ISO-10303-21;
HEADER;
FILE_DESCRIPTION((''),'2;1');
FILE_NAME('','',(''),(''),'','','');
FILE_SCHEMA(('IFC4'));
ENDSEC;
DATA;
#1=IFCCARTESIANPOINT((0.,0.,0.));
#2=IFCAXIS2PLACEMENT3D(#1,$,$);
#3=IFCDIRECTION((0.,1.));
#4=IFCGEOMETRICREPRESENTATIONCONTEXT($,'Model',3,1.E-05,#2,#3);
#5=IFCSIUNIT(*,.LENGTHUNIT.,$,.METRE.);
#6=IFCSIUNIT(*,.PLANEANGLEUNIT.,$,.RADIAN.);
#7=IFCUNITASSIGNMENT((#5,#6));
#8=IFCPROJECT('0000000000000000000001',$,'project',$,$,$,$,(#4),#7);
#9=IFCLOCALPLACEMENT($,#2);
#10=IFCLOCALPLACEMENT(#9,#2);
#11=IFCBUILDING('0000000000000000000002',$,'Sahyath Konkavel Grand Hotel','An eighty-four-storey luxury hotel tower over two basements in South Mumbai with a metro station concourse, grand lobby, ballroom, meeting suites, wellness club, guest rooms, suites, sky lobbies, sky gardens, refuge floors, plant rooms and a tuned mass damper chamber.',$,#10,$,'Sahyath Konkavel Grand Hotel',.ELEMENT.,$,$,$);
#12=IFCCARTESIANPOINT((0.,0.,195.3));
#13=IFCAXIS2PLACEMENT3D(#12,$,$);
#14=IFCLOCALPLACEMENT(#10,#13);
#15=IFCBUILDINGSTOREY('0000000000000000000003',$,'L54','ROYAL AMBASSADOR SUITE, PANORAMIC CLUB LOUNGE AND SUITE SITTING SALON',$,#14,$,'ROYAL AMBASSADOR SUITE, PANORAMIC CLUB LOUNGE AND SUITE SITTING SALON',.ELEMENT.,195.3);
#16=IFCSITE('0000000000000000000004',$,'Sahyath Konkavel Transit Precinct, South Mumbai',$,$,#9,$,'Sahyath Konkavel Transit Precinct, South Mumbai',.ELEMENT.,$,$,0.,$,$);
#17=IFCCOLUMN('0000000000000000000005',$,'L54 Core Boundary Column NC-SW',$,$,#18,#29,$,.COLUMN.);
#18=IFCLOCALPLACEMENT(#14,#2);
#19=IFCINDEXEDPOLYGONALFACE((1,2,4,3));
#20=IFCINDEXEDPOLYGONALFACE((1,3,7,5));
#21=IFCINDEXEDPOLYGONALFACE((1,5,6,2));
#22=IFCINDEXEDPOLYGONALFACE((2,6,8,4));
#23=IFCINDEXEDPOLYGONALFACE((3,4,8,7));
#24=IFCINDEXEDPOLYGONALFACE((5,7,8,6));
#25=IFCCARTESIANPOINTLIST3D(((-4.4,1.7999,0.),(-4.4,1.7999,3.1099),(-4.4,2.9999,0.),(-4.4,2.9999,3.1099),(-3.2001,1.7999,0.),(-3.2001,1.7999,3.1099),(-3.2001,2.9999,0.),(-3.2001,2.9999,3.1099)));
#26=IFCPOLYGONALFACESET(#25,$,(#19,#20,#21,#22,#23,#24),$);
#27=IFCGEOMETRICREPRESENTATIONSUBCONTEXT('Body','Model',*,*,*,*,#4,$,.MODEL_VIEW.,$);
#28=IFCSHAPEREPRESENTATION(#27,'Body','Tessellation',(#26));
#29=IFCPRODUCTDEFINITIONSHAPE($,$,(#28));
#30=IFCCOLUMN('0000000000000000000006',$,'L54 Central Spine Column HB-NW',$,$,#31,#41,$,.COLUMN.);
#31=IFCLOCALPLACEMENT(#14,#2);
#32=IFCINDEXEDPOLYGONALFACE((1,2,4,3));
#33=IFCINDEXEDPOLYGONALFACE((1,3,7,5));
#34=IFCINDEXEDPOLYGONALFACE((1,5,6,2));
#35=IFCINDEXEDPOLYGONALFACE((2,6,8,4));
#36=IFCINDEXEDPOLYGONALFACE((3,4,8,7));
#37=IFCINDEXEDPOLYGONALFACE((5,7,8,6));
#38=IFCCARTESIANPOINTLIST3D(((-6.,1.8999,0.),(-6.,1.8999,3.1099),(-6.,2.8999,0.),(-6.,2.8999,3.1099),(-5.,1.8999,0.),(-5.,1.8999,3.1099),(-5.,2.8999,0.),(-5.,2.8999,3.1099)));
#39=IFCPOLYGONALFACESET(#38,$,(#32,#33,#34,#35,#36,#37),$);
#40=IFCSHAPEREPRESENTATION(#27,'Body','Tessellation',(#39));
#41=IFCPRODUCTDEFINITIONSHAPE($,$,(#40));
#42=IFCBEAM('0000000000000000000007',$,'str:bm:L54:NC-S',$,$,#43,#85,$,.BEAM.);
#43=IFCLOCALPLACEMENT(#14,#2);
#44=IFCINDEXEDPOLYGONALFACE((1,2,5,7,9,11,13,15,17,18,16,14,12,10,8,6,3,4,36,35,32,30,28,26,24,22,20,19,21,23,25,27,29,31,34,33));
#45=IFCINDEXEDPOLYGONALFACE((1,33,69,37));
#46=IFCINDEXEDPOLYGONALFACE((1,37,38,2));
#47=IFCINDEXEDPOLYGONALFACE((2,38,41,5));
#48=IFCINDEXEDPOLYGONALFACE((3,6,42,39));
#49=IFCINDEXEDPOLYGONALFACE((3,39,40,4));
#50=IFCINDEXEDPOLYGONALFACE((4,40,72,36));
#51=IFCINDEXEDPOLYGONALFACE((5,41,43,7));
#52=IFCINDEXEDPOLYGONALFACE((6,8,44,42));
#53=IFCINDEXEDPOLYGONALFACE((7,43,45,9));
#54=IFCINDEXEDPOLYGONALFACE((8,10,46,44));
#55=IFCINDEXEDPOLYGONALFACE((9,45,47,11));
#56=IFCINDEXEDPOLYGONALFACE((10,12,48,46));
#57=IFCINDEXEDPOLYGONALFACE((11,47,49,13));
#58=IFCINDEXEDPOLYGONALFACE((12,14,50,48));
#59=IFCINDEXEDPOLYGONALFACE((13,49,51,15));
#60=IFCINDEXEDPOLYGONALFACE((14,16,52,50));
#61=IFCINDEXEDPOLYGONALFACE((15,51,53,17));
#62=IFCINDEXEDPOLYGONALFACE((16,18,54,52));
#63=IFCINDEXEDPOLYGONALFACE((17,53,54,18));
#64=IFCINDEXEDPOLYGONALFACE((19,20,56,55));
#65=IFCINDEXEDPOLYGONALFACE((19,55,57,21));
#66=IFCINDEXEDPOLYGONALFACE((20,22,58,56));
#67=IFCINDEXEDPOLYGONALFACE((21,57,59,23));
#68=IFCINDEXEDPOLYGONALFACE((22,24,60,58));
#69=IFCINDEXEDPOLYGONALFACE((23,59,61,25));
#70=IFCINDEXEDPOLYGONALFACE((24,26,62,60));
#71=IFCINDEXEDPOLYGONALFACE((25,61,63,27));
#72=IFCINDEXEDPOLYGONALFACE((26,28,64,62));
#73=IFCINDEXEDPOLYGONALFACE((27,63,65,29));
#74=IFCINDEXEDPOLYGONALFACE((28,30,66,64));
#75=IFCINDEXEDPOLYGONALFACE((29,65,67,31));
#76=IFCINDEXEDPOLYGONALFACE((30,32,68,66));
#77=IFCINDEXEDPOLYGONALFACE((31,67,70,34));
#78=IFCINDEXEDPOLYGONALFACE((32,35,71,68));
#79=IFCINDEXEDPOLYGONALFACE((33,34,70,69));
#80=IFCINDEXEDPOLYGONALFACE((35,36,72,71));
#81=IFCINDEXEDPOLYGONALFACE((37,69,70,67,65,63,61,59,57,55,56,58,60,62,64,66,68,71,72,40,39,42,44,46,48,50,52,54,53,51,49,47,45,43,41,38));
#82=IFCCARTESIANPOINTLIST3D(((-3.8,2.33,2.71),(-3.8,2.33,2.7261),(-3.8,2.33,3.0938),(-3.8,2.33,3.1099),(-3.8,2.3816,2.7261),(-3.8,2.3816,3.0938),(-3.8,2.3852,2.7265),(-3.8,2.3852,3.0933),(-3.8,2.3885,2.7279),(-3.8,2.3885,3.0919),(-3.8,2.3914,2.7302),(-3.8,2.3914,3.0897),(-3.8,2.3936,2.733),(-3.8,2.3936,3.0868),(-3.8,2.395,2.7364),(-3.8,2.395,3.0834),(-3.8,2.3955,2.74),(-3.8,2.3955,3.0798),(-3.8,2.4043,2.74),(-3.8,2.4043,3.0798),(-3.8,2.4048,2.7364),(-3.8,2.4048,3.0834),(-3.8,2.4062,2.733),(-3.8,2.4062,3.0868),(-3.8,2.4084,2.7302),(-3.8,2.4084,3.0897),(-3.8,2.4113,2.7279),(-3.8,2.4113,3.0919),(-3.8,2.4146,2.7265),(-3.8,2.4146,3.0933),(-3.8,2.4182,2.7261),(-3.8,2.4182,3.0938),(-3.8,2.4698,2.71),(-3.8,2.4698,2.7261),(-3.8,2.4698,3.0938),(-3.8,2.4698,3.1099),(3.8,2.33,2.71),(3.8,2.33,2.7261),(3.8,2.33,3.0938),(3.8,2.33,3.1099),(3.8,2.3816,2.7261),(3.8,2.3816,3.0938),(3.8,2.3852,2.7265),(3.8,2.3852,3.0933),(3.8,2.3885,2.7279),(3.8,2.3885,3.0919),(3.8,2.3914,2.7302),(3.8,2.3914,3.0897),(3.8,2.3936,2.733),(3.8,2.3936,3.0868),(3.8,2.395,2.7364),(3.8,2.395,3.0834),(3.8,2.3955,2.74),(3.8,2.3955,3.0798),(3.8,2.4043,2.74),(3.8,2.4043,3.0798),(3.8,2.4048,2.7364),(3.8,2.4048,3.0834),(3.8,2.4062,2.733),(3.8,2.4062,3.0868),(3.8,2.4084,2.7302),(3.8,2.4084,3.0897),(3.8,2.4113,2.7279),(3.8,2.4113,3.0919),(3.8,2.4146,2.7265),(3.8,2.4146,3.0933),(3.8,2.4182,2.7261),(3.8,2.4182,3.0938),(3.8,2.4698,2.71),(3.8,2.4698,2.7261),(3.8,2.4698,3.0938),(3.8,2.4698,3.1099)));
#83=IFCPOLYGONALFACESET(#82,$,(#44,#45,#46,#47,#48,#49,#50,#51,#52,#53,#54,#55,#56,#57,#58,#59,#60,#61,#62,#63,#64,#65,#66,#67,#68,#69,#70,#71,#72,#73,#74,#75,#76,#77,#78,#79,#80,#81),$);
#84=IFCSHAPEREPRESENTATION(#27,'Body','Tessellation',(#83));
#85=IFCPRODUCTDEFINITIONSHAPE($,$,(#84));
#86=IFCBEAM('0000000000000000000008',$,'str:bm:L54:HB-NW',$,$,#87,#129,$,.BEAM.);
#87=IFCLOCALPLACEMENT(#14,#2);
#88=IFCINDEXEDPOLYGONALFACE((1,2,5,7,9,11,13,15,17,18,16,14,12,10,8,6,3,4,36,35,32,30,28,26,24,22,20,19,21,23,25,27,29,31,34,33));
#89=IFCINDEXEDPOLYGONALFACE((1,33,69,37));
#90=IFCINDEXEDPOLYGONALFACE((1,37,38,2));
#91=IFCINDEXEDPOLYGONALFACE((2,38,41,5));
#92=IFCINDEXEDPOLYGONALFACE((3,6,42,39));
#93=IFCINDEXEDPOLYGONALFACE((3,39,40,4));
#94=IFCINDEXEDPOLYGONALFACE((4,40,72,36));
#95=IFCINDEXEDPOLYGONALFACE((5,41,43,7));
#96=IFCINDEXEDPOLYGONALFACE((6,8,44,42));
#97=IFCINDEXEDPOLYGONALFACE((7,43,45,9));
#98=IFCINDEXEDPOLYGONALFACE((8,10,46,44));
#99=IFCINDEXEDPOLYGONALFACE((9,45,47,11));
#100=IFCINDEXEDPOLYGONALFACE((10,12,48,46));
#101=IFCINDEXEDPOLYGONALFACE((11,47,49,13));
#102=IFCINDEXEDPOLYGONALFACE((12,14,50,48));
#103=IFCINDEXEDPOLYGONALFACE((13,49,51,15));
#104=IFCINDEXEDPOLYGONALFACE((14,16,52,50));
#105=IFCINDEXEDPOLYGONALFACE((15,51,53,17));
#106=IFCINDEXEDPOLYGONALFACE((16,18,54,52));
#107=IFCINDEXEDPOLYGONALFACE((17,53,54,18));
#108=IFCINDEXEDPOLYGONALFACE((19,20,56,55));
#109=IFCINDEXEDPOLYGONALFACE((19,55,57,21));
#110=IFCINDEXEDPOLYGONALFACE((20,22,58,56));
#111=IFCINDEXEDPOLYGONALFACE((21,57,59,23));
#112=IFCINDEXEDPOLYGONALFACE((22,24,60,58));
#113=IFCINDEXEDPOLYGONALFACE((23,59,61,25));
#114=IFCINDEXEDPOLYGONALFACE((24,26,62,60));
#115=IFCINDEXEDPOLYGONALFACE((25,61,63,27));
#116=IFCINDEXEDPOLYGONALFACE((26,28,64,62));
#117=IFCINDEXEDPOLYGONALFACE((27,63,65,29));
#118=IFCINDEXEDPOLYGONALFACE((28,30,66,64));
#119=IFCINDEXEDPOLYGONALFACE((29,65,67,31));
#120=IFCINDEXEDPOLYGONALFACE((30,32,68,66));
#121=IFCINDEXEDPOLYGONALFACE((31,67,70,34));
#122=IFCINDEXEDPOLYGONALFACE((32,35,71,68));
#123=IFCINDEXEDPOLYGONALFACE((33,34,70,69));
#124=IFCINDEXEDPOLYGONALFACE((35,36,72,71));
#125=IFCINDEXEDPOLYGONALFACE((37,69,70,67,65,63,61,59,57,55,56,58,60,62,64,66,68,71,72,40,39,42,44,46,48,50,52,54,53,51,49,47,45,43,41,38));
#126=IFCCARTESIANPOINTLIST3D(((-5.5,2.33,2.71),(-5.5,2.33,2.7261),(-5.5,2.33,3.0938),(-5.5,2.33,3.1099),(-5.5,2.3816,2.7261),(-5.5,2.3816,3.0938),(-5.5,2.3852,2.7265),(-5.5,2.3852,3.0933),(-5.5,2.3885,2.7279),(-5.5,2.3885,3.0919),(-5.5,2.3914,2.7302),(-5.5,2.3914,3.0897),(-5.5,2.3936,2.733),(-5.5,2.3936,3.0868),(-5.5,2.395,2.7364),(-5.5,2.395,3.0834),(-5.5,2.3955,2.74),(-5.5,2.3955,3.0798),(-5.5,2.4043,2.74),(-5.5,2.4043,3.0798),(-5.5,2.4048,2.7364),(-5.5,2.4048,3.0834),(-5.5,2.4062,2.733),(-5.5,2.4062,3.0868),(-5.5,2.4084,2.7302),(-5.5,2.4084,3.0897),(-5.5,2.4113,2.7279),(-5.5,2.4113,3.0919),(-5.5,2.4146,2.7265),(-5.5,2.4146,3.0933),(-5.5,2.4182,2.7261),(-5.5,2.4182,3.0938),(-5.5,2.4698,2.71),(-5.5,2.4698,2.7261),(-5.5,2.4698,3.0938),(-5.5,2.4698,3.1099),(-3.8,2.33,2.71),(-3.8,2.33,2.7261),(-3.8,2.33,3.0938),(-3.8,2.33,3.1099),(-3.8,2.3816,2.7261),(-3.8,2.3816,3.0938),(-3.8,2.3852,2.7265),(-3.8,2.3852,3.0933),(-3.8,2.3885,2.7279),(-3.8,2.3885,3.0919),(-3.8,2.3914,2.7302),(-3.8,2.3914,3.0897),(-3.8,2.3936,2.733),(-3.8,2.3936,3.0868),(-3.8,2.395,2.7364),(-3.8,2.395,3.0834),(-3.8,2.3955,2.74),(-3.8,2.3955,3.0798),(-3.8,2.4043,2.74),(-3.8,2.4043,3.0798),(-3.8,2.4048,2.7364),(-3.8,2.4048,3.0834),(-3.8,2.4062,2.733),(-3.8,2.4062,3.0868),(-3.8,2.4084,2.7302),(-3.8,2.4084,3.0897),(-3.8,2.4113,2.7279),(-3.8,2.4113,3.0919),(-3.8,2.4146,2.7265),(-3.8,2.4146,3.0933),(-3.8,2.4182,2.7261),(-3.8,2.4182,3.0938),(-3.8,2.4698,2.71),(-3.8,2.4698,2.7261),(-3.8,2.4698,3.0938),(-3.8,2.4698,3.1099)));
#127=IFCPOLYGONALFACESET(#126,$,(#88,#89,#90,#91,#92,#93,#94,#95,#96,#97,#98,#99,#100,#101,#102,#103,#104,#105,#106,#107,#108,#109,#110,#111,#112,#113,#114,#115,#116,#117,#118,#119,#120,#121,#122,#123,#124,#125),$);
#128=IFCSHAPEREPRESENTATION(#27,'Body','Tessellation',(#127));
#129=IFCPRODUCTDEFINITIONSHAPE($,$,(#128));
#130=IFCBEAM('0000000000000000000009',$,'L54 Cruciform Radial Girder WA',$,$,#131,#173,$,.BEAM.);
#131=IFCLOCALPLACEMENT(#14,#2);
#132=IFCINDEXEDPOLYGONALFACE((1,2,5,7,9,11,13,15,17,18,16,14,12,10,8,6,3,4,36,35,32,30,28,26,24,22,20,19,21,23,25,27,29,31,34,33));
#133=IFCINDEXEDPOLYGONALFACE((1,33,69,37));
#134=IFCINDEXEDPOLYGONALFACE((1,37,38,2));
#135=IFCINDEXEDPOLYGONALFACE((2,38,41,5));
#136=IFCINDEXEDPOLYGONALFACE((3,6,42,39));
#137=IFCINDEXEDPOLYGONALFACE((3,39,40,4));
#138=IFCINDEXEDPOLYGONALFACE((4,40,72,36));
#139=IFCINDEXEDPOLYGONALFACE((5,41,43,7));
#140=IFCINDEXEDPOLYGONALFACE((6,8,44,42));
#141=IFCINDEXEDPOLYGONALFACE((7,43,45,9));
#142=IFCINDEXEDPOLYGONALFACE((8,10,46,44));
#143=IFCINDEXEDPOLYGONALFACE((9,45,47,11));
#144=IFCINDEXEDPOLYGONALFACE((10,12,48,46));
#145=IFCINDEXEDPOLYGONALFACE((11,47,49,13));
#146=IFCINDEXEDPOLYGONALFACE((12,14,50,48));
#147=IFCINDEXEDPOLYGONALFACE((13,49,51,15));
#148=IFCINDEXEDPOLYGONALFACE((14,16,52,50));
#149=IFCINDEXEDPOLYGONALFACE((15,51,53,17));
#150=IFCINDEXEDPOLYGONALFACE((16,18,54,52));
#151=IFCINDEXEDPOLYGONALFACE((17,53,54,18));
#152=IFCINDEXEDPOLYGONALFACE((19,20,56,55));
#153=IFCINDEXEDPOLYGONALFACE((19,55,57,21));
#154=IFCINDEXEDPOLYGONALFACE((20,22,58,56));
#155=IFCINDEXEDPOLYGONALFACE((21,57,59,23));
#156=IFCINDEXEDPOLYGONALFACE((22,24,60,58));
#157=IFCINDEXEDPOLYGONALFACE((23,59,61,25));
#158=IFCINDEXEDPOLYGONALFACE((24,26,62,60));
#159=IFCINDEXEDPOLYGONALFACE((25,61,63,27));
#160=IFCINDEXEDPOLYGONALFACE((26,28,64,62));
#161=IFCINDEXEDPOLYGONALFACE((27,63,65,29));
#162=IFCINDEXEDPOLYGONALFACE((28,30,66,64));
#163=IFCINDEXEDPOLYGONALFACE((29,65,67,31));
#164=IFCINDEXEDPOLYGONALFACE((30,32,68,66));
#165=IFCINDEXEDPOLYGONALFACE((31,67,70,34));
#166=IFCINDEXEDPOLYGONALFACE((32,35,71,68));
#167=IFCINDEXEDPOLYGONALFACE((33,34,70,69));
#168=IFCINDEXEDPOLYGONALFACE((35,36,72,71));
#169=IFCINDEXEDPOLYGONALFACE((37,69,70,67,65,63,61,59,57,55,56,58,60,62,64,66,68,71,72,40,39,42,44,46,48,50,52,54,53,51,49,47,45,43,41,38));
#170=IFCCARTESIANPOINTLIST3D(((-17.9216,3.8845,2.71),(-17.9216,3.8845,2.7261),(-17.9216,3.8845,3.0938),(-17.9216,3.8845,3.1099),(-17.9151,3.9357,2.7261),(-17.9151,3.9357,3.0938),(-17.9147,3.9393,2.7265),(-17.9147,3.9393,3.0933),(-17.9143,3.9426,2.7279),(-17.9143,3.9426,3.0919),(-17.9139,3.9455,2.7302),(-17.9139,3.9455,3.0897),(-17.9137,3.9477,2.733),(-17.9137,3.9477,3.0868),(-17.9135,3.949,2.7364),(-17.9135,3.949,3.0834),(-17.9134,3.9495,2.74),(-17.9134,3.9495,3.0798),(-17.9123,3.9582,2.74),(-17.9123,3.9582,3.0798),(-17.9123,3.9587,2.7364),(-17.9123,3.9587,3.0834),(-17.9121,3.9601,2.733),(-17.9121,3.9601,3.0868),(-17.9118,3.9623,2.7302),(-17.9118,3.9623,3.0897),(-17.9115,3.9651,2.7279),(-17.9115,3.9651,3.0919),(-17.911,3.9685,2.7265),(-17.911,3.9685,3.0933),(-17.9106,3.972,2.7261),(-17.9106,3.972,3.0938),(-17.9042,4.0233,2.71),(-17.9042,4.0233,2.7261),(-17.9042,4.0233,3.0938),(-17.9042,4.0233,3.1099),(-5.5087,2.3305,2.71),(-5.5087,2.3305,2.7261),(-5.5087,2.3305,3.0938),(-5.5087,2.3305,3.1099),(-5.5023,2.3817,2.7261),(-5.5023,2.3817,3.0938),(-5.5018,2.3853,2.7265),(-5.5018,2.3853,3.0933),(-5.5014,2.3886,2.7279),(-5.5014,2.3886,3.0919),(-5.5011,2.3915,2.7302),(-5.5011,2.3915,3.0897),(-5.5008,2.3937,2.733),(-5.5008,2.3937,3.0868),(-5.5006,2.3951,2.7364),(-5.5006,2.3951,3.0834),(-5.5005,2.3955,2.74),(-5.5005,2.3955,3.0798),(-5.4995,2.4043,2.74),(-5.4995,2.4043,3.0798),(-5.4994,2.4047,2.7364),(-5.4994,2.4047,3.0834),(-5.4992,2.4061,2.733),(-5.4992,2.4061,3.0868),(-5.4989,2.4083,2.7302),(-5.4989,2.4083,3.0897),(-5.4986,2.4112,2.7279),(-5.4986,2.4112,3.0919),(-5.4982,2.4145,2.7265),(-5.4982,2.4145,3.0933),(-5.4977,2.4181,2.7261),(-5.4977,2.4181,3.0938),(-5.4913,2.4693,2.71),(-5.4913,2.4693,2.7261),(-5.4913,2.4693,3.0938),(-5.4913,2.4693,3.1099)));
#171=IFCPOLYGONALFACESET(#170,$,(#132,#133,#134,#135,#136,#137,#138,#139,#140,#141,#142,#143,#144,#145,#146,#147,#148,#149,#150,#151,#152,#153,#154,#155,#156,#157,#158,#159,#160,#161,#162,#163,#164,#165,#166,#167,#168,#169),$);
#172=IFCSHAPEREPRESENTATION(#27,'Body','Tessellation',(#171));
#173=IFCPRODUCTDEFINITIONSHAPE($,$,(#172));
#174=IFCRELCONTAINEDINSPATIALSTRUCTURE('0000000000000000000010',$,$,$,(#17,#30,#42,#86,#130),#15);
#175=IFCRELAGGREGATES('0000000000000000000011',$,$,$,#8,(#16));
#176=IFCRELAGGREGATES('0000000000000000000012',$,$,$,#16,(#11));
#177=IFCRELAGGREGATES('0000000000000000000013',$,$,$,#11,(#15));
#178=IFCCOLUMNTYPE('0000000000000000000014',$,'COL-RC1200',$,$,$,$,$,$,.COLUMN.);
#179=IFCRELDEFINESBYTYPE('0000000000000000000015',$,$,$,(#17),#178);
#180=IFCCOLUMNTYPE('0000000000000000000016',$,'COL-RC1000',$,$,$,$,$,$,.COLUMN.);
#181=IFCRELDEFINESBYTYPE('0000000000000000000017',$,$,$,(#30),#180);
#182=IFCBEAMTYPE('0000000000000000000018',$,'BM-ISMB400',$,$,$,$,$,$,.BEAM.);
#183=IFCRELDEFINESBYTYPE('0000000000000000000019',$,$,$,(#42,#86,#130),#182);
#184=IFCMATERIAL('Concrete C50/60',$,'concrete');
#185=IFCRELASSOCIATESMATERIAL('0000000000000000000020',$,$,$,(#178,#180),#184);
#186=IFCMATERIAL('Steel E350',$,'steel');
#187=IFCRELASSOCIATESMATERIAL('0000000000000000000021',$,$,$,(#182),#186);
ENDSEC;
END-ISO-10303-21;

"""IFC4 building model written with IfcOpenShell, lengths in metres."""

from ifc_helpers import new_model, si_unit, direction, frame, origin, origin_2d, place, context, subcontext, project, spatial, rectangle, i_section, extrude, source, transform, mapped, material, material_profile, profile_set, type_object, element, save


model = new_model("IFC4")

# Units and contexts
model_context = context("Model", 3, precision=1e-05, world=origin(), true_north=direction((0.0, 1.0)))
body_context = subcontext(model_context, "Body", "Model", "MODEL_VIEW")
ifc_project = project(units=[si_unit("LENGTHUNIT", "METRE"), si_unit("PLANEANGLEUNIT", "RADIAN")], contexts=[model_context])

# Site, building, storey
site_placement = place(None, origin())
site = spatial("IfcSite", under=ifc_project, at=site_placement, Name="Sahyath Konkavel Transit Precinct, South Mumbai", LongName="Sahyath Konkavel Transit Precinct, South Mumbai", CompositionType="ELEMENT", RefElevation=0.0)
building_placement = place(site_placement, origin())
building = spatial("IfcBuilding", under=site, at=building_placement, Name="Sahyath Konkavel Grand Hotel", Description="An eighty-four-storey luxury hotel tower over two basements in South Mumbai with a metro station concourse, grand lobby, ballroom, meeting suites, wellness club, guest rooms, suites, sky lobbies, sky gardens, refuge floors, plant rooms and a tuned mass damper chamber.", LongName="Sahyath Konkavel Grand Hotel", CompositionType="ELEMENT")
storey_placement = place(building_placement, frame((0.0, 0.0, 195.3)))
storey = spatial("IfcBuildingStorey", under=building, at=storey_placement, Name="L54", Description="ROYAL AMBASSADOR SUITE, PANORAMIC CLUB LOUNGE AND SUITE SITTING SALON", LongName="ROYAL AMBASSADOR SUITE, PANORAMIC CLUB LOUNGE AND SUITE SITTING SALON", CompositionType="ELEMENT", Elevation=195.3)

# Columns
ifc_material_1 = material(Name="Concrete C50/60", Category="concrete")
ifc_material_profile_1 = material_profile(ifc_material_1, rectangle(XDim=1.2, YDim=1.2, at=origin_2d()), Name="RC 1200x1200")
ifc_profile_set_1 = profile_set([ifc_material_profile_1], Name="Concrete C50/60")
column_type_1 = type_object("IfcColumnType", Name="COL-RC1200", PredefinedType="COLUMN", material=ifc_profile_set_1)
shared_shape_1 = source(origin(), body_context, "Body", "SweptSolid", [
    extrude(rectangle(XDim=1.2, YDim=1.2, at=origin_2d()), origin(), (0.0, 0.0, 1.0), 3.1099),
])
column_1_placement = place(storey_placement, frame((-3.8, 2.3999, 0.0), z_axis=(0.0, 0.0, 1.0), x_axis=(1.0, 0.0, 0.0)))
element("IfcColumn", 1, at=column_1_placement, inside=storey, type_object=column_type_1, Name="L54 Core Boundary Column NC-SW", PredefinedType="COLUMN", context=body_context, shape_type="MappedRepresentation", body=[
    mapped(shared_shape_1, transform((0.0, 0.0, 0.0), scale=1.0)),
])
ifc_material_profile_2 = material_profile(ifc_material_1, rectangle(XDim=1.0, YDim=1.0, at=origin_2d()), Name="RC 1000x1000")
ifc_profile_set_2 = profile_set([ifc_material_profile_2], Name="Concrete C50/60")
column_type_2 = type_object("IfcColumnType", Name="COL-RC1000", PredefinedType="COLUMN", material=ifc_profile_set_2)
shared_shape_2 = source(origin(), body_context, "Body", "SweptSolid", [
    extrude(rectangle(XDim=1.0, YDim=1.0, at=origin_2d()), origin(), (0.0, 0.0, 1.0), 3.1099),
])
column_2_placement = place(storey_placement, frame((-5.5, 2.3999, 0.0), z_axis=(0.0, 0.0, 1.0), x_axis=(1.0, 0.0, 0.0)))
element("IfcColumn", 2, at=column_2_placement, inside=storey, type_object=column_type_2, Name="L54 Central Spine Column HB-NW", PredefinedType="COLUMN", context=body_context, shape_type="MappedRepresentation", body=[
    mapped(shared_shape_2, transform((0.0, 0.0, 0.0), scale=1.0)),
])

# Beams
ifc_material_2 = material(Name="Steel E350", Category="steel")
ifc_material_profile_3 = material_profile(ifc_material_2, i_section(OverallWidth=0.1399, OverallDepth=0.3999, WebThickness=0.0088, FlangeThickness=0.0161, FilletRadius=0.0139, at=origin_2d()), Name="ISMB 400")
ifc_profile_set_3 = profile_set([ifc_material_profile_3], Name="Steel E350")
beam_type = type_object("IfcBeamType", Name="BM-ISMB400", PredefinedType="BEAM", material=ifc_profile_set_3)
shared_shape_3 = source(origin(), body_context, "Body", "SweptSolid", [
    extrude(i_section(OverallWidth=0.1399, OverallDepth=0.3999, WebThickness=0.0088, FlangeThickness=0.0161, FilletRadius=0.0139, at=origin_2d()), origin(), (0.0, 0.0, 1.0), 7.6001),
])
beam_1_placement = place(storey_placement, frame((-3.8, 2.3999, 2.9099), z_axis=(1.0, 0.0, 0.0), x_axis=(0.0, 1.0, 0.0)))
element("IfcBeam", 3, at=beam_1_placement, inside=storey, type_object=beam_type, Name="str:bm:L54:NC-S", PredefinedType="BEAM", context=body_context, shape_type="MappedRepresentation", body=[
    mapped(shared_shape_3, transform((0.0, 0.0, 0.0), scale=1.0)),
])
shared_shape_4 = source(origin(), body_context, "Body", "SweptSolid", [
    extrude(i_section(OverallWidth=0.1399, OverallDepth=0.3999, WebThickness=0.0088, FlangeThickness=0.0161, FilletRadius=0.0139, at=origin_2d()), origin(), (0.0, 0.0, 1.0), 1.7),
])
beam_2_placement = place(storey_placement, frame((-5.5, 2.3999, 2.9099), z_axis=(1.0, 0.0, 0.0), x_axis=(0.0, 1.0, 0.0)))
element("IfcBeam", 4, at=beam_2_placement, inside=storey, type_object=beam_type, Name="str:bm:L54:HB-NW", PredefinedType="BEAM", context=body_context, shape_type="MappedRepresentation", body=[
    mapped(shared_shape_4, transform((0.0, 0.0, 0.0), scale=1.0)),
])
shared_shape_5 = source(origin(), body_context, "Body", "SweptSolid", [
    extrude(i_section(OverallWidth=0.1399, OverallDepth=0.3999, WebThickness=0.0088, FlangeThickness=0.0161, FilletRadius=0.0139, at=origin_2d()), origin(), (0.0, 0.0, 1.0), 12.5098),
])
beam_3_placement = place(storey_placement, frame((-5.5, 2.3999, 2.9099), z_axis=(-0.992255, 0.12422, 0.0), x_axis=(-0.12422, -0.992255, 0.0)))
element("IfcBeam", 5, at=beam_3_placement, inside=storey, type_object=beam_type, Name="L54 Cruciform Radial Girder WA", PredefinedType="BEAM", context=body_context, shape_type="MappedRepresentation", body=[
    mapped(shared_shape_5, transform((0.0, 0.0, 0.0), scale=1.0)),
])

save(model, "model.ifc")
